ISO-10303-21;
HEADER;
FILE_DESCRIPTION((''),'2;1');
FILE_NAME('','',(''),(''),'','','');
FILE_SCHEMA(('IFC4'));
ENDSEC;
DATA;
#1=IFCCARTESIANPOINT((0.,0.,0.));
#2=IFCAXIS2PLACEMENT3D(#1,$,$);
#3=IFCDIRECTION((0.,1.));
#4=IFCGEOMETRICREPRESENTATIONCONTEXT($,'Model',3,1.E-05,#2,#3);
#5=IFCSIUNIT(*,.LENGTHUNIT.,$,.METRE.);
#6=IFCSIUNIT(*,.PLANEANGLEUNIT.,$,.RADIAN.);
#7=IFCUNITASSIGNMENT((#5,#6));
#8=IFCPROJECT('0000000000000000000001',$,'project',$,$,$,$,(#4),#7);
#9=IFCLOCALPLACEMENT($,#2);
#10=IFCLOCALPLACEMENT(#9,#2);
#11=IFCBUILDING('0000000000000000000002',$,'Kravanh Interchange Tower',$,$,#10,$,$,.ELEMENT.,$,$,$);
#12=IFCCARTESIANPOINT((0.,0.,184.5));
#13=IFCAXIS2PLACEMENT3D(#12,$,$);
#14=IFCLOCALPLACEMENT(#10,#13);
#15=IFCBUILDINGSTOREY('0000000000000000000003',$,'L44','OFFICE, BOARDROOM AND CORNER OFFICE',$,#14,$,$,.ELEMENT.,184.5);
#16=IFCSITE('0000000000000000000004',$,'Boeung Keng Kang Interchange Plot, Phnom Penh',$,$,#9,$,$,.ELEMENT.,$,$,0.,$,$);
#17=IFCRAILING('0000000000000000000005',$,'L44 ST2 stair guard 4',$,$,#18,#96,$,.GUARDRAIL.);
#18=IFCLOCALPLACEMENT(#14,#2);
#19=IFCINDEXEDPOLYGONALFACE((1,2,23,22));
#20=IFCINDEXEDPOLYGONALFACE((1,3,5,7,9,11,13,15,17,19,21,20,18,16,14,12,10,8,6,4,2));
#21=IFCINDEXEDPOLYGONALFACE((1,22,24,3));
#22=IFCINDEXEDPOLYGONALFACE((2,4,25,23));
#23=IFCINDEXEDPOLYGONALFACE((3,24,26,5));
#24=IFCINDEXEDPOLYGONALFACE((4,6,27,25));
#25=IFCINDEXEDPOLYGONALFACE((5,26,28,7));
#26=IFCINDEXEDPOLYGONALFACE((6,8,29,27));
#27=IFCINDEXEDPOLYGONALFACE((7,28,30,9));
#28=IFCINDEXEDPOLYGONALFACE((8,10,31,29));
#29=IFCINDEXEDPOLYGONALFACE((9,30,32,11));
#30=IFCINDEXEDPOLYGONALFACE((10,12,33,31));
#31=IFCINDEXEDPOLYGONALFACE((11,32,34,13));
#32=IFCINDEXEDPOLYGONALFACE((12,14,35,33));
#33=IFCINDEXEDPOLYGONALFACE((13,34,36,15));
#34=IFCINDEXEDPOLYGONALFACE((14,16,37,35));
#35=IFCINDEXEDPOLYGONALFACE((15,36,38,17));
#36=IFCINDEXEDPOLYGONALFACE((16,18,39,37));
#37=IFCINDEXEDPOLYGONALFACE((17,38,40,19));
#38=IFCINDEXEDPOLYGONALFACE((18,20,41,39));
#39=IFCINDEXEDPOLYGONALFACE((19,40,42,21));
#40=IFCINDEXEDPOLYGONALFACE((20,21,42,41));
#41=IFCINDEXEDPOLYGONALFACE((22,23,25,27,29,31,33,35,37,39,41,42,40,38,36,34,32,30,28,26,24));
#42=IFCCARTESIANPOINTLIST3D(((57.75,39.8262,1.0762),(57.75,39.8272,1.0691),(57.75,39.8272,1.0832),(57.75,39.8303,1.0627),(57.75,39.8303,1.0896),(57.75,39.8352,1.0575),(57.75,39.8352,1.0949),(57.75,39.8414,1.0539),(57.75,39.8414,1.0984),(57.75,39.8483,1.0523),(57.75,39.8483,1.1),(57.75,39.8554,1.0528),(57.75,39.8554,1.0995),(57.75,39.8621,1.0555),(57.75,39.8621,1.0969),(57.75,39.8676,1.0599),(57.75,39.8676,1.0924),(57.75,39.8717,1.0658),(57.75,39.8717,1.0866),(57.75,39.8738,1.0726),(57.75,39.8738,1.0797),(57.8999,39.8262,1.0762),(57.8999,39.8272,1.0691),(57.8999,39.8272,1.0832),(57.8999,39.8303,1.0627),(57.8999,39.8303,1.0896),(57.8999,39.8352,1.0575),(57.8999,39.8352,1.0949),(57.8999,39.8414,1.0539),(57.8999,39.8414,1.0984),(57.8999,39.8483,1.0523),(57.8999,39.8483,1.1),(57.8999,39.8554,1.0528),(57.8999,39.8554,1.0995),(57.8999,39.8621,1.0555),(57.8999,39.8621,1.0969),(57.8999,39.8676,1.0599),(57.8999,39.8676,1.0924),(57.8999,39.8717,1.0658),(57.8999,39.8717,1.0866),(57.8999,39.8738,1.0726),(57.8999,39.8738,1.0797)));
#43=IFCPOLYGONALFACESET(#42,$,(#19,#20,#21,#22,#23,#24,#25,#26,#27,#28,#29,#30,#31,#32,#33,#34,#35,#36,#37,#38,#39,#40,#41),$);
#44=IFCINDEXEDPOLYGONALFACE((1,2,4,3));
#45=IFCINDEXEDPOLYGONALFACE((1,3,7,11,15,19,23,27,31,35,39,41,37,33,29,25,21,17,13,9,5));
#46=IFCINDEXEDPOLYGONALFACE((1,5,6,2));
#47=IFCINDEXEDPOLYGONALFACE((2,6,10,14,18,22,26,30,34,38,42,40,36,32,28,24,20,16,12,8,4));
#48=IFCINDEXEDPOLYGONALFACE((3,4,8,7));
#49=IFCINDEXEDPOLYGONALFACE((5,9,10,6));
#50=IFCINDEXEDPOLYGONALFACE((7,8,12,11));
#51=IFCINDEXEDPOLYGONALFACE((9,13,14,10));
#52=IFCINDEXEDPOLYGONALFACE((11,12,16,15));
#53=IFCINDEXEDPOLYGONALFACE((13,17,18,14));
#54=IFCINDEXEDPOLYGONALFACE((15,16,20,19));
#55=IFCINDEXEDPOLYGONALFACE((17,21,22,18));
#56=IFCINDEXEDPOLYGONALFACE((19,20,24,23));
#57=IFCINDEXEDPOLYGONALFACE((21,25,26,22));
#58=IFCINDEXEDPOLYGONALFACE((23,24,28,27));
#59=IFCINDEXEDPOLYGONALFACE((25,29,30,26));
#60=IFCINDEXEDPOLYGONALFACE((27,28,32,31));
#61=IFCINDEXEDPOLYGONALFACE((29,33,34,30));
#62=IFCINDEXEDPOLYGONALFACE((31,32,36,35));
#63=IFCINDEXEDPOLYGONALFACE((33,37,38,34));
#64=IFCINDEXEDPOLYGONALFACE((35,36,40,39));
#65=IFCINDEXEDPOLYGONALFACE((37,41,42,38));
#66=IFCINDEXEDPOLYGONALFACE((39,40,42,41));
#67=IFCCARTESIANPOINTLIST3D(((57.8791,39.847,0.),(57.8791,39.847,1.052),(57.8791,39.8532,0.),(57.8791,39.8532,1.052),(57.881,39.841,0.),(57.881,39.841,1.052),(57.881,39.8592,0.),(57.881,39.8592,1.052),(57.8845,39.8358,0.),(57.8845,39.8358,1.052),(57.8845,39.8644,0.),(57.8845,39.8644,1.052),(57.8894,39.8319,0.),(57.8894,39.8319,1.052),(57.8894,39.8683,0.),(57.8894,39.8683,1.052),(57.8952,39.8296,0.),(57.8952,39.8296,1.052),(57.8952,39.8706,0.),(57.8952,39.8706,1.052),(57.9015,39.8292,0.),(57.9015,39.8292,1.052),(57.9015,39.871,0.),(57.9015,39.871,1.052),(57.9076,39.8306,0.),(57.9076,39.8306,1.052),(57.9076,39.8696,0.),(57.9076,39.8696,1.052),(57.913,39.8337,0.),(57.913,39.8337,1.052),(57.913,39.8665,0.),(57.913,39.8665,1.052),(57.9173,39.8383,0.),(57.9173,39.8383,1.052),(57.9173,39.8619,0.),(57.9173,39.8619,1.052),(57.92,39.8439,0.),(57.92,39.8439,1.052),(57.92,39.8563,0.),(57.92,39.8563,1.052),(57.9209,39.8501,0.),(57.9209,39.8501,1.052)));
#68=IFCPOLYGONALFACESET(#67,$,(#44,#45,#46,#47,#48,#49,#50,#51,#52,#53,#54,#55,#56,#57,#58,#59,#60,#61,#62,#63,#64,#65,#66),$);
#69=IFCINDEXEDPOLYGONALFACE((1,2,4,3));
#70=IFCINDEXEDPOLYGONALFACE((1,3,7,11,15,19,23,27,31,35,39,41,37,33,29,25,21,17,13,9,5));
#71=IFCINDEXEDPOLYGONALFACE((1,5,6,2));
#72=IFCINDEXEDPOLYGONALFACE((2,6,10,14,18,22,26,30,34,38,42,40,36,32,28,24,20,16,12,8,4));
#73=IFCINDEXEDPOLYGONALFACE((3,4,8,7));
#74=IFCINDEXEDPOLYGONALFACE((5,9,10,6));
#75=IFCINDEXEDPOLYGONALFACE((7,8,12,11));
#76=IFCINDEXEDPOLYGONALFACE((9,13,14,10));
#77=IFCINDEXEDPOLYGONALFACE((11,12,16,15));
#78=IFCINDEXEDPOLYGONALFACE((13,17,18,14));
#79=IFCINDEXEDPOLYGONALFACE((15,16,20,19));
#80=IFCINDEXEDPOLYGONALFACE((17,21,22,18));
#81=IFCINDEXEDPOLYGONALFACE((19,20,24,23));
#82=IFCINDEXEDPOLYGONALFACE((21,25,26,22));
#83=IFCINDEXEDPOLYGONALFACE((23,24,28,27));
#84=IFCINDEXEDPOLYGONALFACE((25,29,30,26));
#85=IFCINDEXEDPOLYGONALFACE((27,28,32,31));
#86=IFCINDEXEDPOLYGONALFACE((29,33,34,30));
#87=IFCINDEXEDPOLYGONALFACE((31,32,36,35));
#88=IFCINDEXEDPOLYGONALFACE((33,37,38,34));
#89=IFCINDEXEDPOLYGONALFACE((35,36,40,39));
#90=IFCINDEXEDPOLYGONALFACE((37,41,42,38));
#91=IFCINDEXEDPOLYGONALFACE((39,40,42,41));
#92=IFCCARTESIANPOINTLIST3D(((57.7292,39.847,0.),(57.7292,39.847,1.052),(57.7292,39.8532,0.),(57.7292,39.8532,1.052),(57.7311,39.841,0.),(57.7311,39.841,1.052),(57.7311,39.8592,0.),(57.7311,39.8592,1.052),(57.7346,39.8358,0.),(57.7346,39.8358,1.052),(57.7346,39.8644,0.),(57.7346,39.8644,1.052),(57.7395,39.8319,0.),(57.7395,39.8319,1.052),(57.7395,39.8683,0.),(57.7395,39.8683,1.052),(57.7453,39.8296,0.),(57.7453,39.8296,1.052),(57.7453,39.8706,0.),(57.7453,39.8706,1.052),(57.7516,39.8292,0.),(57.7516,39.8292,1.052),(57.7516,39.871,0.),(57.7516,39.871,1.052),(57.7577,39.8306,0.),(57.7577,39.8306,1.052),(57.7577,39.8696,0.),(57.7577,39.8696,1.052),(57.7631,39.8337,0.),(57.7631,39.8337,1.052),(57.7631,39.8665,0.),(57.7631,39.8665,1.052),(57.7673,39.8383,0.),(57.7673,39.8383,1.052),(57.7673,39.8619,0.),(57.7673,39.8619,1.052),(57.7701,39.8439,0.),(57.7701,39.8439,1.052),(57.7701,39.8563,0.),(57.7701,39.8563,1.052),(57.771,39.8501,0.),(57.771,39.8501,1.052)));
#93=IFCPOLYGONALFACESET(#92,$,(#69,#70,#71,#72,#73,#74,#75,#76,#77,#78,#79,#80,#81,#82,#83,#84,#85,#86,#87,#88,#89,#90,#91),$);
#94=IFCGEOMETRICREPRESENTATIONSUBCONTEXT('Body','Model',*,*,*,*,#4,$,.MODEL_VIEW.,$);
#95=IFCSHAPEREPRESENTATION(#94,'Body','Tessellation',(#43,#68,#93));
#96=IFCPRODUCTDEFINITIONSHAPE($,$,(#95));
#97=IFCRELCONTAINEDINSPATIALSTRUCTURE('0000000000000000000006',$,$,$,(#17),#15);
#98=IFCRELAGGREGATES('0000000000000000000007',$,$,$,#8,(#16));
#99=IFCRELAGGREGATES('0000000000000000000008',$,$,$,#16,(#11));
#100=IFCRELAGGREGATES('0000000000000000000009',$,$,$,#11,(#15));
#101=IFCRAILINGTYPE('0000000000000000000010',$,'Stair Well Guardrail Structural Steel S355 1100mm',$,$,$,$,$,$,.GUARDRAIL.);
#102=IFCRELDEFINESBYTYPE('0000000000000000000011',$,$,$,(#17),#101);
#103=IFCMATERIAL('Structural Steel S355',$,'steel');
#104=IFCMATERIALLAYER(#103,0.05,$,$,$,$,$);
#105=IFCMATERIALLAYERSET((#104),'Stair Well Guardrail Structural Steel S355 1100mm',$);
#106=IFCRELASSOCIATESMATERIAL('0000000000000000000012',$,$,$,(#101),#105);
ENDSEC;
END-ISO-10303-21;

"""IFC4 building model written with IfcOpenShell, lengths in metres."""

from ifc_helpers import new_model, si_unit, direction, frame, origin, origin_2d, place, context, subcontext, project, spatial, circle, extrude, material, layer, layer_set, type_object, element, save


model = new_model("IFC4")

# Units and contexts
model_context = context("Model", 3, precision=1e-05, world=origin(), true_north=direction((0.0, 1.0)))
body_context = subcontext(model_context, "Body", "Model", "MODEL_VIEW")
ifc_project = project(units=[si_unit("LENGTHUNIT", "METRE"), si_unit("PLANEANGLEUNIT", "RADIAN")], contexts=[model_context])

# Site, building, storey
site_placement = place(None, origin())
site = spatial("IfcSite", under=ifc_project, at=site_placement, Name="Boeung Keng Kang Interchange Plot, Phnom Penh", CompositionType="ELEMENT", RefElevation=0.0)
building_placement = place(site_placement, origin())
building = spatial("IfcBuilding", under=site, at=building_placement, Name="Kravanh Interchange Tower", CompositionType="ELEMENT")
storey_placement = place(building_placement, frame((0.0, 0.0, 184.5)))
storey = spatial("IfcBuildingStorey", under=building, at=storey_placement, Name="L44", Description="OFFICE, BOARDROOM AND CORNER OFFICE", CompositionType="ELEMENT", Elevation=184.5)

# Railing
ifc_material_1 = material(Name="Structural Steel S355", Category="steel")
ifc_layer_1 = layer(ifc_material_1, 0.05)
ifc_layer_set_1 = layer_set([ifc_layer_1], Name="Stair Well Guardrail Structural Steel S355 1100mm")
railing_type_1 = type_object("IfcRailingType", Name="Stair Well Guardrail Structural Steel S355 1100mm", PredefinedType="GUARDRAIL", material=ifc_layer_set_1)
railing_1_placement = place(storey_placement, frame((57.8999, 39.8501, 0.0)))
element("IfcRailing", 1, at=railing_1_placement, inside=storey, type_object=railing_type_1, Name="L44 ST2 stair guard 4", PredefinedType="GUARDRAIL", context=body_context, shape_type="SweptSolid", body=[
    extrude(circle(Radius=0.0239, at=origin_2d()), frame((0.0, 0.0, 1.0762), z_axis=(-1.0, 0.0, 0.0), x_axis=(0.0, -1.0, 0.0)), (0.0, 0.0, 1.0), 0.1499),
    extrude(circle(Radius=0.021, at=origin_2d()), origin(), (0.0, 0.0, 1.0), 1.052),
    extrude(circle(Radius=0.021, at=origin_2d()), frame((-0.1499, 0.0, 0.0)), (0.0, 0.0, 1.0), 1.052),
])

save(model, "model.ifc")
